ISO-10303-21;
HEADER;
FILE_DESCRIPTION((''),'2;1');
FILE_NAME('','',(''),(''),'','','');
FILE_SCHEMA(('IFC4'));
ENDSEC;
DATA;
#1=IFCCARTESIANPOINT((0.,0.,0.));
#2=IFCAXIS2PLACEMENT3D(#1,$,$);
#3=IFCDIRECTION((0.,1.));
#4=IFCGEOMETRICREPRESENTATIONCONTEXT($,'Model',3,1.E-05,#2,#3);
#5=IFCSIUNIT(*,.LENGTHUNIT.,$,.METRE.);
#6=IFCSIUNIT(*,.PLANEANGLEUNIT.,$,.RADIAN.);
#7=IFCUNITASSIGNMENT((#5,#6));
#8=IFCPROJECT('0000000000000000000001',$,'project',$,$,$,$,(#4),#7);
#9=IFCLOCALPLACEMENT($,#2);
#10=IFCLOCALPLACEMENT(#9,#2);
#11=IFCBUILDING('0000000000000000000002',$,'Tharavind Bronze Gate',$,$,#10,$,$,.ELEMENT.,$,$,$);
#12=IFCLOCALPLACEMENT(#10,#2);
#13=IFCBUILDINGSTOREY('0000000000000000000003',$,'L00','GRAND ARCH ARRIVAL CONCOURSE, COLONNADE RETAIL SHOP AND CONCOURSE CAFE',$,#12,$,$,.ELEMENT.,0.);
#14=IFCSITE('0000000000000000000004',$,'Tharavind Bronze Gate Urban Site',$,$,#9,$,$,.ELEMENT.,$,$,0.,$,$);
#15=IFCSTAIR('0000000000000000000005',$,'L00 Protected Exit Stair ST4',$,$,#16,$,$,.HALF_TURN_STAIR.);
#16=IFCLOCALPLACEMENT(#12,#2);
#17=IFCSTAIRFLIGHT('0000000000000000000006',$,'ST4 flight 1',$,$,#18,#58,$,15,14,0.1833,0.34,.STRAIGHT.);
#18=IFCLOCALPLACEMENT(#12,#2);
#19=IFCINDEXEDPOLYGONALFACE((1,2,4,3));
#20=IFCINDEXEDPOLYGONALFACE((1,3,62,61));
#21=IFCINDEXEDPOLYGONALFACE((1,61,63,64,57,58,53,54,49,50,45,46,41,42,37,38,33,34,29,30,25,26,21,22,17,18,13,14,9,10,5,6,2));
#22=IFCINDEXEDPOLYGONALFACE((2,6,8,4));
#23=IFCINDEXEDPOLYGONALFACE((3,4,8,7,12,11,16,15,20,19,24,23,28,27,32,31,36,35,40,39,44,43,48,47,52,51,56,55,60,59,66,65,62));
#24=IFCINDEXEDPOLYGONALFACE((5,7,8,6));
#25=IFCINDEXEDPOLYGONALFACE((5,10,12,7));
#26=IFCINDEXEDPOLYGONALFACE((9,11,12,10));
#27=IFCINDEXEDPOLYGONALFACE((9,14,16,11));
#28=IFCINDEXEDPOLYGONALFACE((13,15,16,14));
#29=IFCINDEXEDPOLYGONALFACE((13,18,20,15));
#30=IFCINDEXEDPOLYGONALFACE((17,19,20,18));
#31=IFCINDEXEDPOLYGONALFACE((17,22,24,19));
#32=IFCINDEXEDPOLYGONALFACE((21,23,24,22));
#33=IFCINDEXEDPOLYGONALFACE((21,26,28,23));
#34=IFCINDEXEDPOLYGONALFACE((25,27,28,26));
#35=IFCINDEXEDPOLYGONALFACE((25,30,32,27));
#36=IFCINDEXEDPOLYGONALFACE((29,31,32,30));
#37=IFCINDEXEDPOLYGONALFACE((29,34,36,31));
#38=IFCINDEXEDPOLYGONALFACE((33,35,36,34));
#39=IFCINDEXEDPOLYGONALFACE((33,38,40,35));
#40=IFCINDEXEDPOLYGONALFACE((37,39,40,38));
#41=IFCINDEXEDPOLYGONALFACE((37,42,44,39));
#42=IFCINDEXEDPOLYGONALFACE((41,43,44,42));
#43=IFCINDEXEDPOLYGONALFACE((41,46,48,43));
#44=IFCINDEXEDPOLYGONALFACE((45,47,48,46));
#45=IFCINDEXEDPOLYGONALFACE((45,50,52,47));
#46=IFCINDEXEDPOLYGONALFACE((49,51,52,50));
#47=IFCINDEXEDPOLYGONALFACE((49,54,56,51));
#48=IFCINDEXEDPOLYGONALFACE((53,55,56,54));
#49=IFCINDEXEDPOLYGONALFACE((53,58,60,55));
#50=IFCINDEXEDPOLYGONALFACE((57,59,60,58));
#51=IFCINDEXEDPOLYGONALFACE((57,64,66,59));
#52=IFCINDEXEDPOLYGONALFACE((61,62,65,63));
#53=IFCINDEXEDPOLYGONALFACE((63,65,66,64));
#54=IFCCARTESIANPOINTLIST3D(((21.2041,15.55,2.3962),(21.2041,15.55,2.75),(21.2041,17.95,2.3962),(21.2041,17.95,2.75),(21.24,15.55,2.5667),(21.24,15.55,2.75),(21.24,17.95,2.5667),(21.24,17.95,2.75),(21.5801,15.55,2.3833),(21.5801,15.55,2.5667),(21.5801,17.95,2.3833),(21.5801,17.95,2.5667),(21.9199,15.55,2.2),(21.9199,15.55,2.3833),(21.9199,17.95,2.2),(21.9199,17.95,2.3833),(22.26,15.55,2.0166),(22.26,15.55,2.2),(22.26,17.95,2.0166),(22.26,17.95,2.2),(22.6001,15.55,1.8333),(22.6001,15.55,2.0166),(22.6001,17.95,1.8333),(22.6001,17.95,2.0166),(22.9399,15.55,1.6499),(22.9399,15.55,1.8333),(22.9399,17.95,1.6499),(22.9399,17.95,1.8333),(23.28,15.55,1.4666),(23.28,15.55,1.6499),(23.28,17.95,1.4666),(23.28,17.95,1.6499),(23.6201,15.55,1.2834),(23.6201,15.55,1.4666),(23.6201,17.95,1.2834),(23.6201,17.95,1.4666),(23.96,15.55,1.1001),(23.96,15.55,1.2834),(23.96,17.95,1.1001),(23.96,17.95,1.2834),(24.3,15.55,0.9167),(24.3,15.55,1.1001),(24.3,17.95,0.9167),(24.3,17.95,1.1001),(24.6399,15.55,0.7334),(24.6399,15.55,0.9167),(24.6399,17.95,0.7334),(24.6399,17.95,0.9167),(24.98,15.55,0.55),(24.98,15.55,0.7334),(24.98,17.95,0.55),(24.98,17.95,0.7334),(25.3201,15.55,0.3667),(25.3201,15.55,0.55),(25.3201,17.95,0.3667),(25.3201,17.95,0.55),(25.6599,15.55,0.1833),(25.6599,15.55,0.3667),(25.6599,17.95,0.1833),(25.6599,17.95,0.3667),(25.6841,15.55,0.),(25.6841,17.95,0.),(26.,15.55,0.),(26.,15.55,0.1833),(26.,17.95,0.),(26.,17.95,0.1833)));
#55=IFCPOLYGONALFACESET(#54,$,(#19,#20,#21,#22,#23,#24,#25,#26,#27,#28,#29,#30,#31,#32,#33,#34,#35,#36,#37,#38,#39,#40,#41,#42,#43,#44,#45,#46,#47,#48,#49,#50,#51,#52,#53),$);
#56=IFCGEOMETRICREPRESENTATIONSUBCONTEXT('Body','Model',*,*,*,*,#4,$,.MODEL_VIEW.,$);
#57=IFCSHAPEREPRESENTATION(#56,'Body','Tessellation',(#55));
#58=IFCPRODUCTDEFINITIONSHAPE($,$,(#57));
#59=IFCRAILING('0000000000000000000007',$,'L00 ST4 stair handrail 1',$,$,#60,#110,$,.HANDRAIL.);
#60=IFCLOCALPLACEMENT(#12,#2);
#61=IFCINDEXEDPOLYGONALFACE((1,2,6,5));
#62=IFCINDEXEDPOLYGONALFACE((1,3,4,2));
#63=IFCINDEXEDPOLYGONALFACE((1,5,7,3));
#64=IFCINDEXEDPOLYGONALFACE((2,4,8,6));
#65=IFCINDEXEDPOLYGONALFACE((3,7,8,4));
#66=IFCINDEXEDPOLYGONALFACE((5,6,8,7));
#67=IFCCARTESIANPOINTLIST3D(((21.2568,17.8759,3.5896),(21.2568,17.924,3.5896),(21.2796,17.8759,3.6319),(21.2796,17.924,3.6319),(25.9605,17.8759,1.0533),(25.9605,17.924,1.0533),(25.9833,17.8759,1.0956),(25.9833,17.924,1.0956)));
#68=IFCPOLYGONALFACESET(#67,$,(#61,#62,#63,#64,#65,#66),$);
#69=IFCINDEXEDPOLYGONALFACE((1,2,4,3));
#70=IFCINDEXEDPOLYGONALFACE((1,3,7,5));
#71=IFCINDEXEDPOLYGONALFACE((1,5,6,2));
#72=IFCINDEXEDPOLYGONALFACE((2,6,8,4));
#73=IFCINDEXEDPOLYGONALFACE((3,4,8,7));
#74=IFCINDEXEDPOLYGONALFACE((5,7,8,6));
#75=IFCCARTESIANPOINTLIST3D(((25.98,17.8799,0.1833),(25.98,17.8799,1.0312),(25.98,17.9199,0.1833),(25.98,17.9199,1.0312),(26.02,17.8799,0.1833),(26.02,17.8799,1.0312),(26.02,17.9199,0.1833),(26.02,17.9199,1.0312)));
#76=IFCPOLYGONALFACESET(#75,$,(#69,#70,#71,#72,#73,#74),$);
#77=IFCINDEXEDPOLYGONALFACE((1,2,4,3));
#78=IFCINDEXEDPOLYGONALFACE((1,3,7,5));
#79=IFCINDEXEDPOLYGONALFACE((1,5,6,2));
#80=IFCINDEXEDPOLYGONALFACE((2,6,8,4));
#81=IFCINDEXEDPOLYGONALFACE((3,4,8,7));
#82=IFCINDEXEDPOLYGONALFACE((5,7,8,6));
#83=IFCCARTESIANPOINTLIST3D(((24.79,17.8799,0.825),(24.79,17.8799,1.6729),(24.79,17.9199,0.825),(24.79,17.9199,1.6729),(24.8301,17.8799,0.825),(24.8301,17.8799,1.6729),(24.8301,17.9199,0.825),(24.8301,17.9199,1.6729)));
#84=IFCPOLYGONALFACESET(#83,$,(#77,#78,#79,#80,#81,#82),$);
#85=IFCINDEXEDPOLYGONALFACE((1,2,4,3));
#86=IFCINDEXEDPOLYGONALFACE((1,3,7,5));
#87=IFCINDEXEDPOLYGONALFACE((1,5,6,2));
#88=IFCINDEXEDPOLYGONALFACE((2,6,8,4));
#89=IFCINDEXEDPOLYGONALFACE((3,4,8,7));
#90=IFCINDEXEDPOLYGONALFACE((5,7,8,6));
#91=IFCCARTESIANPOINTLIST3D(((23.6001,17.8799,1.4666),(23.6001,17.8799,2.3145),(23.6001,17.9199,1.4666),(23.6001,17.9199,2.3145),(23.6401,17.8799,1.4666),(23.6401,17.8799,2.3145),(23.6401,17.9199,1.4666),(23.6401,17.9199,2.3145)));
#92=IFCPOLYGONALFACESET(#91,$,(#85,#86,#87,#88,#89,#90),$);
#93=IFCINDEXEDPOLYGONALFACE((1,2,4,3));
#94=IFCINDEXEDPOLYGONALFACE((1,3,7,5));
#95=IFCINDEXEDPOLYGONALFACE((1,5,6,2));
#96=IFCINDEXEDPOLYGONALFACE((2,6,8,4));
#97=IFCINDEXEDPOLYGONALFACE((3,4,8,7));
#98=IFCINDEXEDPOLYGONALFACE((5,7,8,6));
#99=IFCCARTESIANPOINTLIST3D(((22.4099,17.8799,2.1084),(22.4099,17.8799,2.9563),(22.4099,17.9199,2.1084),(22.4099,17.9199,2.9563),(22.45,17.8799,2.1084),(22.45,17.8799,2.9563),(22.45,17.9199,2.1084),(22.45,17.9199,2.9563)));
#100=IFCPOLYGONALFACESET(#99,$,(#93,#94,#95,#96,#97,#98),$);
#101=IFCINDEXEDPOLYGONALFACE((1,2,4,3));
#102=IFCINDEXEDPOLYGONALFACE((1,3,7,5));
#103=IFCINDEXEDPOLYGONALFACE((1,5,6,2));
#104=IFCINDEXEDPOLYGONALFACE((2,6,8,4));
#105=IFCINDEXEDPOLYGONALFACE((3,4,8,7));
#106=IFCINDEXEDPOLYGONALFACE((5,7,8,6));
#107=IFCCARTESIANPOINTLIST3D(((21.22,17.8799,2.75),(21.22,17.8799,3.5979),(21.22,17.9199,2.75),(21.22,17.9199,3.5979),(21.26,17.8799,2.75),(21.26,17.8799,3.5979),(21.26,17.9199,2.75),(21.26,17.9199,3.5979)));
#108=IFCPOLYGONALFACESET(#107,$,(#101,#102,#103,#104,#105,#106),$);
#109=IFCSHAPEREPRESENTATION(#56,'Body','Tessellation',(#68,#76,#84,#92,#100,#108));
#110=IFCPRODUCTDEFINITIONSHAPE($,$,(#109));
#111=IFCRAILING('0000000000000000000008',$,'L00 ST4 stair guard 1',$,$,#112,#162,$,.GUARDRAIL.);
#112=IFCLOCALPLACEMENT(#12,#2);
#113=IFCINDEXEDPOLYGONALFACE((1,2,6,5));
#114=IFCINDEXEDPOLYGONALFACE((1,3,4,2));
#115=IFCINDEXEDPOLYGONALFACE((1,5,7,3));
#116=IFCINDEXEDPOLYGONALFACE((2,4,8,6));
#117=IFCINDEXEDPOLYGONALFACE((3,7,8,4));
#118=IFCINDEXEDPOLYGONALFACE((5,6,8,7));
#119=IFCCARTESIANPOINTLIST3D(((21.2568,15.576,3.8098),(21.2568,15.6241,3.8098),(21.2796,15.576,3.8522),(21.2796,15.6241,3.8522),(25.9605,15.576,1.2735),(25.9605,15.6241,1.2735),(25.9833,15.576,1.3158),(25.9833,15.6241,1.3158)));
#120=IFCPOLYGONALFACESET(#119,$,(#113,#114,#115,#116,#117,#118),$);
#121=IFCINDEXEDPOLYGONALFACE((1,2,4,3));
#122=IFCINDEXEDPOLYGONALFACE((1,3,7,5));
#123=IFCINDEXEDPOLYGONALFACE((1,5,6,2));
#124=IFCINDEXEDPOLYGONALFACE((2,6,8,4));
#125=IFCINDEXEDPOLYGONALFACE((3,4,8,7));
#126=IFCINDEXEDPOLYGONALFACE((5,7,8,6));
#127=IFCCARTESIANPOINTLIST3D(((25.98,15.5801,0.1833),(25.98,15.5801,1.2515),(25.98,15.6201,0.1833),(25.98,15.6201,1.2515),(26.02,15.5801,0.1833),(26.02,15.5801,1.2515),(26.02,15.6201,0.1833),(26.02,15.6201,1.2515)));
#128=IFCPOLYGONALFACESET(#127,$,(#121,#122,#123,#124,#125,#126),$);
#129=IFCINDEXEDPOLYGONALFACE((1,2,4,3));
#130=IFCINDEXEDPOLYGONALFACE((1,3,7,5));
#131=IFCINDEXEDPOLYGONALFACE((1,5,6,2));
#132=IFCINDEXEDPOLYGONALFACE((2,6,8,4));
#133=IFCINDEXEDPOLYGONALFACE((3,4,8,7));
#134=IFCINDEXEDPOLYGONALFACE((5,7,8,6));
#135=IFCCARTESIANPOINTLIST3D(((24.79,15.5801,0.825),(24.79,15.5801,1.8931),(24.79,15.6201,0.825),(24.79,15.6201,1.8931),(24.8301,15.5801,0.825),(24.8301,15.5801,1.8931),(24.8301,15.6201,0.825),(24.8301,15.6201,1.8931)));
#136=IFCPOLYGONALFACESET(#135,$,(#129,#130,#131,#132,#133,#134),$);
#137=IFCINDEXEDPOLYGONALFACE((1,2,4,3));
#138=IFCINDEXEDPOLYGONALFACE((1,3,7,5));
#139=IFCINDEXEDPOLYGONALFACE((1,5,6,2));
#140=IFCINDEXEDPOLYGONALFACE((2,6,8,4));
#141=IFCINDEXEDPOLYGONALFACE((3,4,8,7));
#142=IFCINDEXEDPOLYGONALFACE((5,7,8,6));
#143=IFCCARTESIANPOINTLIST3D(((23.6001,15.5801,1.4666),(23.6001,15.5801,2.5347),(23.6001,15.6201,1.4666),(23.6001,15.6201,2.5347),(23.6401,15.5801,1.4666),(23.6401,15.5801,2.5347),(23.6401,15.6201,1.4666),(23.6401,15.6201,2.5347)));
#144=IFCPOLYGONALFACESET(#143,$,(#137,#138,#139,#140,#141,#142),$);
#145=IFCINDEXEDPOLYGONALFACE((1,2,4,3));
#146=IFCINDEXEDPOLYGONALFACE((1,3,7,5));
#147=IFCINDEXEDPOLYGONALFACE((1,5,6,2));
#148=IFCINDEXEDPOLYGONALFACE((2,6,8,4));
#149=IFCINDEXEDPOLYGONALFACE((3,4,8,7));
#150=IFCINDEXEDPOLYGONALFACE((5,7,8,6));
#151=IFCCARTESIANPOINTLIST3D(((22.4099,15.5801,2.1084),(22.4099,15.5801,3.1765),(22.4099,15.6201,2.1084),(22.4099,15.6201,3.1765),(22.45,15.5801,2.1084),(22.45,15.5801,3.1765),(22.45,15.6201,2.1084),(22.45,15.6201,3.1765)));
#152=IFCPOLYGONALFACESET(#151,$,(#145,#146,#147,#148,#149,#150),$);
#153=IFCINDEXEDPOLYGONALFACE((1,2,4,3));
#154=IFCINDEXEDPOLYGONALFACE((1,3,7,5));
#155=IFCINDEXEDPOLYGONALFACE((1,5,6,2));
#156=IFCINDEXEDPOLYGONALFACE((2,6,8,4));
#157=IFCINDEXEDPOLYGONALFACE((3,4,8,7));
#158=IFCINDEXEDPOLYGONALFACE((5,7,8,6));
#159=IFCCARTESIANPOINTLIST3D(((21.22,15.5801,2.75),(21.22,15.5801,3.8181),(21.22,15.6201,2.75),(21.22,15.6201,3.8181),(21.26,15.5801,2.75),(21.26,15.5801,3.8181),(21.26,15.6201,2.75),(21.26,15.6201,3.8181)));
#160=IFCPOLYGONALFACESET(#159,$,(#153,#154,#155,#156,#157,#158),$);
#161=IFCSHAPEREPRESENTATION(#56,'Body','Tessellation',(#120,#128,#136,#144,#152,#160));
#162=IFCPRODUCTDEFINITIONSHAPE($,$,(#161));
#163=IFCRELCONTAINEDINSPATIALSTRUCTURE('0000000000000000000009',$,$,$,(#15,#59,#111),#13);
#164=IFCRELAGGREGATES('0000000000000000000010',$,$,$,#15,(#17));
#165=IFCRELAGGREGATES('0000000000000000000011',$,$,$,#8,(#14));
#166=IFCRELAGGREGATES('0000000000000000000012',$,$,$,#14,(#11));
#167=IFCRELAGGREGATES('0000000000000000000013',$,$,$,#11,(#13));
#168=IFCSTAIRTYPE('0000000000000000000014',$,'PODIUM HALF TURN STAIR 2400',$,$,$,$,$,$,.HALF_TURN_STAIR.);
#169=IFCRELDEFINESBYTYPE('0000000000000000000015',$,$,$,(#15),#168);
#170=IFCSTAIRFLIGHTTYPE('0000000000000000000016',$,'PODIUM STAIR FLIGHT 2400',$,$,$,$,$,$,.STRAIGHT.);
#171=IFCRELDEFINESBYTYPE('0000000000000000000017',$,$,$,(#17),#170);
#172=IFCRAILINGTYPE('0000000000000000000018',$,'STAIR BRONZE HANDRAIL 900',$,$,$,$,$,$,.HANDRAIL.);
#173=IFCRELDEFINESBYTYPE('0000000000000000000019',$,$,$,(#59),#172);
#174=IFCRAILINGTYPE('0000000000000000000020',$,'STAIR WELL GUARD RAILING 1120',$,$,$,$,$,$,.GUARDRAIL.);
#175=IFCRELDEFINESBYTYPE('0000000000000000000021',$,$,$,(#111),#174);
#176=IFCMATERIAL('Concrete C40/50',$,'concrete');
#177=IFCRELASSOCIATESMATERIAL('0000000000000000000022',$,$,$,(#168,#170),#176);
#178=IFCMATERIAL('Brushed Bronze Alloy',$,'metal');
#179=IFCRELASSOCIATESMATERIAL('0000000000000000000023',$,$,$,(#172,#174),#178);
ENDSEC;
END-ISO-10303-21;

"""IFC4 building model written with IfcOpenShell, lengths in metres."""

from ifc_helpers import new_model, si_unit, direction, frame, origin, origin_2d, place, context, subcontext, project, spatial, polyline, rectangle, outline, extrude, material, type_object, element, aggregate, save


model = new_model("IFC4")

# Units and contexts
model_context = context("Model", 3, precision=1e-05, world=origin(), true_north=direction((0.0, 1.0)))
body_context = subcontext(model_context, "Body", "Model", "MODEL_VIEW")
ifc_project = project(units=[si_unit("LENGTHUNIT", "METRE"), si_unit("PLANEANGLEUNIT", "RADIAN")], contexts=[model_context])

# Site, building, storey
site_placement = place(None, origin())
site = spatial("IfcSite", under=ifc_project, at=site_placement, Name="Tharavind Bronze Gate Urban Site", CompositionType="ELEMENT", RefElevation=0.0)
building_placement = place(site_placement, origin())
building = spatial("IfcBuilding", under=site, at=building_placement, Name="Tharavind Bronze Gate", CompositionType="ELEMENT")
storey_placement = place(building_placement, origin())
storey = spatial("IfcBuildingStorey", under=building, at=storey_placement, Name="L00", Description="GRAND ARCH ARRIVAL CONCOURSE, COLONNADE RETAIL SHOP AND CONCOURSE CAFE", CompositionType="ELEMENT", Elevation=0.0)

# Shared definitions
ifc_material_1 = material(Name="Concrete C40/50", Category="concrete")

# Stair, stair flight
stair_type = type_object("IfcStairType", Name="PODIUM HALF TURN STAIR 2400", PredefinedType="HALF_TURN_STAIR", material=ifc_material_1)
stair_placement = place(storey_placement, origin())
stair = element("IfcStair", 1, at=stair_placement, inside=storey, type_object=stair_type, Name="L00 Protected Exit Stair ST4", PredefinedType="HALF_TURN_STAIR")
stair_flight_type = type_object("IfcStairFlightType", Name="PODIUM STAIR FLIGHT 2400", PredefinedType="STRAIGHT", material=ifc_material_1)
stair_flight_placement = place(storey_placement, frame((26.0, 16.75, 0.0), z_axis=(0.0, 0.0, 1.0), x_axis=(-1.0, 0.0, 0.0)))
stair_flight = element("IfcStairFlight", 2, at=stair_flight_placement, type_object=stair_flight_type, Name="ST4 flight 1", NumberOfRisers=15, NumberOfTreads=14, PredefinedType="STRAIGHT", RiserHeight=0.1833, TreadLength=0.34, context=body_context, shape_type="SweptSolid", body=[
    extrude(outline(polyline([(0.0, 0.0), (0.0, 0.1833), (0.3401, 0.1833), (0.3401, 0.3667), (0.6799, 0.3667), (0.6799, 0.55), (1.02, 0.55), (1.02, 0.7334), (1.3601, 0.7334), (1.3601, 0.9167), (1.7, 0.9167), (1.7, 1.1001), (2.04, 1.1001), (2.04, 1.2834), (2.3799, 1.2834), (2.3799, 1.4666), (2.72, 1.4666), (2.72, 1.6499), (3.0601, 1.6499), (3.0601, 1.8333), (3.3999, 1.8333), (3.3999, 2.0166), (3.74, 2.0166), (3.74, 2.2), (4.0801, 2.2), (4.0801, 2.3833), (4.4199, 2.3833), (4.4199, 2.5667), (4.76, 2.5667), (4.76, 2.75), (4.7959, 2.75), (4.7959, 2.3962), (0.3159, 0.0), (0.0, 0.0)])), frame((0.0, 1.2, 0.0), z_axis=(0.0, -1.0, 0.0), x_axis=(1.0, 0.0, 0.0)), (0.0, 0.0, 1.0), 2.3999),
])
aggregate(stair, [stair_flight])

# Railings
ifc_material_2 = material(Name="Brushed Bronze Alloy", Category="metal")
railing_type_1 = type_object("IfcRailingType", Name="STAIR BRONZE HANDRAIL 900", PredefinedType="HANDRAIL", material=ifc_material_2)
railing_1_placement = place(storey_placement, frame((26.0, 17.8999, 0.1833)))
element("IfcRailing", 3, at=railing_1_placement, inside=storey, type_object=railing_type_1, Name="L00 ST4 stair handrail 1", PredefinedType="HANDRAIL", context=body_context, shape_type="SweptSolid", body=[
    extrude(rectangle(XDim=0.0481, YDim=0.0481, at=origin_2d()), frame((-0.0281, 0.0, 0.8911), z_axis=(-0.880196, 0.0, 0.474611), x_axis=(0.0, -1.0, 0.0)), (0.0, 0.0, 1.0), 5.344),
    extrude(rectangle(XDim=0.04, YDim=0.04, at=origin_2d()), origin(), (0.0, 0.0, 1.0), 0.8479),
    extrude(rectangle(XDim=0.04, YDim=0.04, at=origin_2d()), frame((-1.1899, 0.0, 0.6416)), (0.0, 0.0, 1.0), 0.8479),
    extrude(rectangle(XDim=0.04, YDim=0.04, at=origin_2d()), frame((-2.3799, 0.0, 1.2832)), (0.0, 0.0, 1.0), 0.8479),
    extrude(rectangle(XDim=0.04, YDim=0.04, at=origin_2d()), frame((-3.5701, 0.0, 1.925)), (0.0, 0.0, 1.0), 0.8479),
    extrude(rectangle(XDim=0.04, YDim=0.04, at=origin_2d()), frame((-4.76, 0.0, 2.5667)), (0.0, 0.0, 1.0), 0.8479),
])
railing_type_2 = type_object("IfcRailingType", Name="STAIR WELL GUARD RAILING 1120", PredefinedType="GUARDRAIL", material=ifc_material_2)
railing_2_placement = place(storey_placement, frame((26.0, 15.6001, 0.1833)))
element("IfcRailing", 4, at=railing_2_placement, inside=storey, type_object=railing_type_2, Name="L00 ST4 stair guard 1", PredefinedType="GUARDRAIL", context=body_context, shape_type="SweptSolid", body=[
    extrude(rectangle(XDim=0.0481, YDim=0.0481, at=origin_2d()), frame((-0.0281, 0.0, 1.1113), z_axis=(-0.880196, 0.0, 0.474611), x_axis=(0.0, -1.0, 0.0)), (0.0, 0.0, 1.0), 5.344),
    extrude(rectangle(XDim=0.04, YDim=0.04, at=origin_2d()), origin(), (0.0, 0.0, 1.0), 1.0681),
    extrude(rectangle(XDim=0.04, YDim=0.04, at=origin_2d()), frame((-1.1899, 0.0, 0.6416)), (0.0, 0.0, 1.0), 1.0681),
    extrude(rectangle(XDim=0.04, YDim=0.04, at=origin_2d()), frame((-2.3799, 0.0, 1.2832)), (0.0, 0.0, 1.0), 1.0681),
    extrude(rectangle(XDim=0.04, YDim=0.04, at=origin_2d()), frame((-3.5701, 0.0, 1.925)), (0.0, 0.0, 1.0), 1.0681),
    extrude(rectangle(XDim=0.04, YDim=0.04, at=origin_2d()), frame((-4.76, 0.0, 2.5667)), (0.0, 0.0, 1.0), 1.0681),
])

save(model, "model.ifc")
